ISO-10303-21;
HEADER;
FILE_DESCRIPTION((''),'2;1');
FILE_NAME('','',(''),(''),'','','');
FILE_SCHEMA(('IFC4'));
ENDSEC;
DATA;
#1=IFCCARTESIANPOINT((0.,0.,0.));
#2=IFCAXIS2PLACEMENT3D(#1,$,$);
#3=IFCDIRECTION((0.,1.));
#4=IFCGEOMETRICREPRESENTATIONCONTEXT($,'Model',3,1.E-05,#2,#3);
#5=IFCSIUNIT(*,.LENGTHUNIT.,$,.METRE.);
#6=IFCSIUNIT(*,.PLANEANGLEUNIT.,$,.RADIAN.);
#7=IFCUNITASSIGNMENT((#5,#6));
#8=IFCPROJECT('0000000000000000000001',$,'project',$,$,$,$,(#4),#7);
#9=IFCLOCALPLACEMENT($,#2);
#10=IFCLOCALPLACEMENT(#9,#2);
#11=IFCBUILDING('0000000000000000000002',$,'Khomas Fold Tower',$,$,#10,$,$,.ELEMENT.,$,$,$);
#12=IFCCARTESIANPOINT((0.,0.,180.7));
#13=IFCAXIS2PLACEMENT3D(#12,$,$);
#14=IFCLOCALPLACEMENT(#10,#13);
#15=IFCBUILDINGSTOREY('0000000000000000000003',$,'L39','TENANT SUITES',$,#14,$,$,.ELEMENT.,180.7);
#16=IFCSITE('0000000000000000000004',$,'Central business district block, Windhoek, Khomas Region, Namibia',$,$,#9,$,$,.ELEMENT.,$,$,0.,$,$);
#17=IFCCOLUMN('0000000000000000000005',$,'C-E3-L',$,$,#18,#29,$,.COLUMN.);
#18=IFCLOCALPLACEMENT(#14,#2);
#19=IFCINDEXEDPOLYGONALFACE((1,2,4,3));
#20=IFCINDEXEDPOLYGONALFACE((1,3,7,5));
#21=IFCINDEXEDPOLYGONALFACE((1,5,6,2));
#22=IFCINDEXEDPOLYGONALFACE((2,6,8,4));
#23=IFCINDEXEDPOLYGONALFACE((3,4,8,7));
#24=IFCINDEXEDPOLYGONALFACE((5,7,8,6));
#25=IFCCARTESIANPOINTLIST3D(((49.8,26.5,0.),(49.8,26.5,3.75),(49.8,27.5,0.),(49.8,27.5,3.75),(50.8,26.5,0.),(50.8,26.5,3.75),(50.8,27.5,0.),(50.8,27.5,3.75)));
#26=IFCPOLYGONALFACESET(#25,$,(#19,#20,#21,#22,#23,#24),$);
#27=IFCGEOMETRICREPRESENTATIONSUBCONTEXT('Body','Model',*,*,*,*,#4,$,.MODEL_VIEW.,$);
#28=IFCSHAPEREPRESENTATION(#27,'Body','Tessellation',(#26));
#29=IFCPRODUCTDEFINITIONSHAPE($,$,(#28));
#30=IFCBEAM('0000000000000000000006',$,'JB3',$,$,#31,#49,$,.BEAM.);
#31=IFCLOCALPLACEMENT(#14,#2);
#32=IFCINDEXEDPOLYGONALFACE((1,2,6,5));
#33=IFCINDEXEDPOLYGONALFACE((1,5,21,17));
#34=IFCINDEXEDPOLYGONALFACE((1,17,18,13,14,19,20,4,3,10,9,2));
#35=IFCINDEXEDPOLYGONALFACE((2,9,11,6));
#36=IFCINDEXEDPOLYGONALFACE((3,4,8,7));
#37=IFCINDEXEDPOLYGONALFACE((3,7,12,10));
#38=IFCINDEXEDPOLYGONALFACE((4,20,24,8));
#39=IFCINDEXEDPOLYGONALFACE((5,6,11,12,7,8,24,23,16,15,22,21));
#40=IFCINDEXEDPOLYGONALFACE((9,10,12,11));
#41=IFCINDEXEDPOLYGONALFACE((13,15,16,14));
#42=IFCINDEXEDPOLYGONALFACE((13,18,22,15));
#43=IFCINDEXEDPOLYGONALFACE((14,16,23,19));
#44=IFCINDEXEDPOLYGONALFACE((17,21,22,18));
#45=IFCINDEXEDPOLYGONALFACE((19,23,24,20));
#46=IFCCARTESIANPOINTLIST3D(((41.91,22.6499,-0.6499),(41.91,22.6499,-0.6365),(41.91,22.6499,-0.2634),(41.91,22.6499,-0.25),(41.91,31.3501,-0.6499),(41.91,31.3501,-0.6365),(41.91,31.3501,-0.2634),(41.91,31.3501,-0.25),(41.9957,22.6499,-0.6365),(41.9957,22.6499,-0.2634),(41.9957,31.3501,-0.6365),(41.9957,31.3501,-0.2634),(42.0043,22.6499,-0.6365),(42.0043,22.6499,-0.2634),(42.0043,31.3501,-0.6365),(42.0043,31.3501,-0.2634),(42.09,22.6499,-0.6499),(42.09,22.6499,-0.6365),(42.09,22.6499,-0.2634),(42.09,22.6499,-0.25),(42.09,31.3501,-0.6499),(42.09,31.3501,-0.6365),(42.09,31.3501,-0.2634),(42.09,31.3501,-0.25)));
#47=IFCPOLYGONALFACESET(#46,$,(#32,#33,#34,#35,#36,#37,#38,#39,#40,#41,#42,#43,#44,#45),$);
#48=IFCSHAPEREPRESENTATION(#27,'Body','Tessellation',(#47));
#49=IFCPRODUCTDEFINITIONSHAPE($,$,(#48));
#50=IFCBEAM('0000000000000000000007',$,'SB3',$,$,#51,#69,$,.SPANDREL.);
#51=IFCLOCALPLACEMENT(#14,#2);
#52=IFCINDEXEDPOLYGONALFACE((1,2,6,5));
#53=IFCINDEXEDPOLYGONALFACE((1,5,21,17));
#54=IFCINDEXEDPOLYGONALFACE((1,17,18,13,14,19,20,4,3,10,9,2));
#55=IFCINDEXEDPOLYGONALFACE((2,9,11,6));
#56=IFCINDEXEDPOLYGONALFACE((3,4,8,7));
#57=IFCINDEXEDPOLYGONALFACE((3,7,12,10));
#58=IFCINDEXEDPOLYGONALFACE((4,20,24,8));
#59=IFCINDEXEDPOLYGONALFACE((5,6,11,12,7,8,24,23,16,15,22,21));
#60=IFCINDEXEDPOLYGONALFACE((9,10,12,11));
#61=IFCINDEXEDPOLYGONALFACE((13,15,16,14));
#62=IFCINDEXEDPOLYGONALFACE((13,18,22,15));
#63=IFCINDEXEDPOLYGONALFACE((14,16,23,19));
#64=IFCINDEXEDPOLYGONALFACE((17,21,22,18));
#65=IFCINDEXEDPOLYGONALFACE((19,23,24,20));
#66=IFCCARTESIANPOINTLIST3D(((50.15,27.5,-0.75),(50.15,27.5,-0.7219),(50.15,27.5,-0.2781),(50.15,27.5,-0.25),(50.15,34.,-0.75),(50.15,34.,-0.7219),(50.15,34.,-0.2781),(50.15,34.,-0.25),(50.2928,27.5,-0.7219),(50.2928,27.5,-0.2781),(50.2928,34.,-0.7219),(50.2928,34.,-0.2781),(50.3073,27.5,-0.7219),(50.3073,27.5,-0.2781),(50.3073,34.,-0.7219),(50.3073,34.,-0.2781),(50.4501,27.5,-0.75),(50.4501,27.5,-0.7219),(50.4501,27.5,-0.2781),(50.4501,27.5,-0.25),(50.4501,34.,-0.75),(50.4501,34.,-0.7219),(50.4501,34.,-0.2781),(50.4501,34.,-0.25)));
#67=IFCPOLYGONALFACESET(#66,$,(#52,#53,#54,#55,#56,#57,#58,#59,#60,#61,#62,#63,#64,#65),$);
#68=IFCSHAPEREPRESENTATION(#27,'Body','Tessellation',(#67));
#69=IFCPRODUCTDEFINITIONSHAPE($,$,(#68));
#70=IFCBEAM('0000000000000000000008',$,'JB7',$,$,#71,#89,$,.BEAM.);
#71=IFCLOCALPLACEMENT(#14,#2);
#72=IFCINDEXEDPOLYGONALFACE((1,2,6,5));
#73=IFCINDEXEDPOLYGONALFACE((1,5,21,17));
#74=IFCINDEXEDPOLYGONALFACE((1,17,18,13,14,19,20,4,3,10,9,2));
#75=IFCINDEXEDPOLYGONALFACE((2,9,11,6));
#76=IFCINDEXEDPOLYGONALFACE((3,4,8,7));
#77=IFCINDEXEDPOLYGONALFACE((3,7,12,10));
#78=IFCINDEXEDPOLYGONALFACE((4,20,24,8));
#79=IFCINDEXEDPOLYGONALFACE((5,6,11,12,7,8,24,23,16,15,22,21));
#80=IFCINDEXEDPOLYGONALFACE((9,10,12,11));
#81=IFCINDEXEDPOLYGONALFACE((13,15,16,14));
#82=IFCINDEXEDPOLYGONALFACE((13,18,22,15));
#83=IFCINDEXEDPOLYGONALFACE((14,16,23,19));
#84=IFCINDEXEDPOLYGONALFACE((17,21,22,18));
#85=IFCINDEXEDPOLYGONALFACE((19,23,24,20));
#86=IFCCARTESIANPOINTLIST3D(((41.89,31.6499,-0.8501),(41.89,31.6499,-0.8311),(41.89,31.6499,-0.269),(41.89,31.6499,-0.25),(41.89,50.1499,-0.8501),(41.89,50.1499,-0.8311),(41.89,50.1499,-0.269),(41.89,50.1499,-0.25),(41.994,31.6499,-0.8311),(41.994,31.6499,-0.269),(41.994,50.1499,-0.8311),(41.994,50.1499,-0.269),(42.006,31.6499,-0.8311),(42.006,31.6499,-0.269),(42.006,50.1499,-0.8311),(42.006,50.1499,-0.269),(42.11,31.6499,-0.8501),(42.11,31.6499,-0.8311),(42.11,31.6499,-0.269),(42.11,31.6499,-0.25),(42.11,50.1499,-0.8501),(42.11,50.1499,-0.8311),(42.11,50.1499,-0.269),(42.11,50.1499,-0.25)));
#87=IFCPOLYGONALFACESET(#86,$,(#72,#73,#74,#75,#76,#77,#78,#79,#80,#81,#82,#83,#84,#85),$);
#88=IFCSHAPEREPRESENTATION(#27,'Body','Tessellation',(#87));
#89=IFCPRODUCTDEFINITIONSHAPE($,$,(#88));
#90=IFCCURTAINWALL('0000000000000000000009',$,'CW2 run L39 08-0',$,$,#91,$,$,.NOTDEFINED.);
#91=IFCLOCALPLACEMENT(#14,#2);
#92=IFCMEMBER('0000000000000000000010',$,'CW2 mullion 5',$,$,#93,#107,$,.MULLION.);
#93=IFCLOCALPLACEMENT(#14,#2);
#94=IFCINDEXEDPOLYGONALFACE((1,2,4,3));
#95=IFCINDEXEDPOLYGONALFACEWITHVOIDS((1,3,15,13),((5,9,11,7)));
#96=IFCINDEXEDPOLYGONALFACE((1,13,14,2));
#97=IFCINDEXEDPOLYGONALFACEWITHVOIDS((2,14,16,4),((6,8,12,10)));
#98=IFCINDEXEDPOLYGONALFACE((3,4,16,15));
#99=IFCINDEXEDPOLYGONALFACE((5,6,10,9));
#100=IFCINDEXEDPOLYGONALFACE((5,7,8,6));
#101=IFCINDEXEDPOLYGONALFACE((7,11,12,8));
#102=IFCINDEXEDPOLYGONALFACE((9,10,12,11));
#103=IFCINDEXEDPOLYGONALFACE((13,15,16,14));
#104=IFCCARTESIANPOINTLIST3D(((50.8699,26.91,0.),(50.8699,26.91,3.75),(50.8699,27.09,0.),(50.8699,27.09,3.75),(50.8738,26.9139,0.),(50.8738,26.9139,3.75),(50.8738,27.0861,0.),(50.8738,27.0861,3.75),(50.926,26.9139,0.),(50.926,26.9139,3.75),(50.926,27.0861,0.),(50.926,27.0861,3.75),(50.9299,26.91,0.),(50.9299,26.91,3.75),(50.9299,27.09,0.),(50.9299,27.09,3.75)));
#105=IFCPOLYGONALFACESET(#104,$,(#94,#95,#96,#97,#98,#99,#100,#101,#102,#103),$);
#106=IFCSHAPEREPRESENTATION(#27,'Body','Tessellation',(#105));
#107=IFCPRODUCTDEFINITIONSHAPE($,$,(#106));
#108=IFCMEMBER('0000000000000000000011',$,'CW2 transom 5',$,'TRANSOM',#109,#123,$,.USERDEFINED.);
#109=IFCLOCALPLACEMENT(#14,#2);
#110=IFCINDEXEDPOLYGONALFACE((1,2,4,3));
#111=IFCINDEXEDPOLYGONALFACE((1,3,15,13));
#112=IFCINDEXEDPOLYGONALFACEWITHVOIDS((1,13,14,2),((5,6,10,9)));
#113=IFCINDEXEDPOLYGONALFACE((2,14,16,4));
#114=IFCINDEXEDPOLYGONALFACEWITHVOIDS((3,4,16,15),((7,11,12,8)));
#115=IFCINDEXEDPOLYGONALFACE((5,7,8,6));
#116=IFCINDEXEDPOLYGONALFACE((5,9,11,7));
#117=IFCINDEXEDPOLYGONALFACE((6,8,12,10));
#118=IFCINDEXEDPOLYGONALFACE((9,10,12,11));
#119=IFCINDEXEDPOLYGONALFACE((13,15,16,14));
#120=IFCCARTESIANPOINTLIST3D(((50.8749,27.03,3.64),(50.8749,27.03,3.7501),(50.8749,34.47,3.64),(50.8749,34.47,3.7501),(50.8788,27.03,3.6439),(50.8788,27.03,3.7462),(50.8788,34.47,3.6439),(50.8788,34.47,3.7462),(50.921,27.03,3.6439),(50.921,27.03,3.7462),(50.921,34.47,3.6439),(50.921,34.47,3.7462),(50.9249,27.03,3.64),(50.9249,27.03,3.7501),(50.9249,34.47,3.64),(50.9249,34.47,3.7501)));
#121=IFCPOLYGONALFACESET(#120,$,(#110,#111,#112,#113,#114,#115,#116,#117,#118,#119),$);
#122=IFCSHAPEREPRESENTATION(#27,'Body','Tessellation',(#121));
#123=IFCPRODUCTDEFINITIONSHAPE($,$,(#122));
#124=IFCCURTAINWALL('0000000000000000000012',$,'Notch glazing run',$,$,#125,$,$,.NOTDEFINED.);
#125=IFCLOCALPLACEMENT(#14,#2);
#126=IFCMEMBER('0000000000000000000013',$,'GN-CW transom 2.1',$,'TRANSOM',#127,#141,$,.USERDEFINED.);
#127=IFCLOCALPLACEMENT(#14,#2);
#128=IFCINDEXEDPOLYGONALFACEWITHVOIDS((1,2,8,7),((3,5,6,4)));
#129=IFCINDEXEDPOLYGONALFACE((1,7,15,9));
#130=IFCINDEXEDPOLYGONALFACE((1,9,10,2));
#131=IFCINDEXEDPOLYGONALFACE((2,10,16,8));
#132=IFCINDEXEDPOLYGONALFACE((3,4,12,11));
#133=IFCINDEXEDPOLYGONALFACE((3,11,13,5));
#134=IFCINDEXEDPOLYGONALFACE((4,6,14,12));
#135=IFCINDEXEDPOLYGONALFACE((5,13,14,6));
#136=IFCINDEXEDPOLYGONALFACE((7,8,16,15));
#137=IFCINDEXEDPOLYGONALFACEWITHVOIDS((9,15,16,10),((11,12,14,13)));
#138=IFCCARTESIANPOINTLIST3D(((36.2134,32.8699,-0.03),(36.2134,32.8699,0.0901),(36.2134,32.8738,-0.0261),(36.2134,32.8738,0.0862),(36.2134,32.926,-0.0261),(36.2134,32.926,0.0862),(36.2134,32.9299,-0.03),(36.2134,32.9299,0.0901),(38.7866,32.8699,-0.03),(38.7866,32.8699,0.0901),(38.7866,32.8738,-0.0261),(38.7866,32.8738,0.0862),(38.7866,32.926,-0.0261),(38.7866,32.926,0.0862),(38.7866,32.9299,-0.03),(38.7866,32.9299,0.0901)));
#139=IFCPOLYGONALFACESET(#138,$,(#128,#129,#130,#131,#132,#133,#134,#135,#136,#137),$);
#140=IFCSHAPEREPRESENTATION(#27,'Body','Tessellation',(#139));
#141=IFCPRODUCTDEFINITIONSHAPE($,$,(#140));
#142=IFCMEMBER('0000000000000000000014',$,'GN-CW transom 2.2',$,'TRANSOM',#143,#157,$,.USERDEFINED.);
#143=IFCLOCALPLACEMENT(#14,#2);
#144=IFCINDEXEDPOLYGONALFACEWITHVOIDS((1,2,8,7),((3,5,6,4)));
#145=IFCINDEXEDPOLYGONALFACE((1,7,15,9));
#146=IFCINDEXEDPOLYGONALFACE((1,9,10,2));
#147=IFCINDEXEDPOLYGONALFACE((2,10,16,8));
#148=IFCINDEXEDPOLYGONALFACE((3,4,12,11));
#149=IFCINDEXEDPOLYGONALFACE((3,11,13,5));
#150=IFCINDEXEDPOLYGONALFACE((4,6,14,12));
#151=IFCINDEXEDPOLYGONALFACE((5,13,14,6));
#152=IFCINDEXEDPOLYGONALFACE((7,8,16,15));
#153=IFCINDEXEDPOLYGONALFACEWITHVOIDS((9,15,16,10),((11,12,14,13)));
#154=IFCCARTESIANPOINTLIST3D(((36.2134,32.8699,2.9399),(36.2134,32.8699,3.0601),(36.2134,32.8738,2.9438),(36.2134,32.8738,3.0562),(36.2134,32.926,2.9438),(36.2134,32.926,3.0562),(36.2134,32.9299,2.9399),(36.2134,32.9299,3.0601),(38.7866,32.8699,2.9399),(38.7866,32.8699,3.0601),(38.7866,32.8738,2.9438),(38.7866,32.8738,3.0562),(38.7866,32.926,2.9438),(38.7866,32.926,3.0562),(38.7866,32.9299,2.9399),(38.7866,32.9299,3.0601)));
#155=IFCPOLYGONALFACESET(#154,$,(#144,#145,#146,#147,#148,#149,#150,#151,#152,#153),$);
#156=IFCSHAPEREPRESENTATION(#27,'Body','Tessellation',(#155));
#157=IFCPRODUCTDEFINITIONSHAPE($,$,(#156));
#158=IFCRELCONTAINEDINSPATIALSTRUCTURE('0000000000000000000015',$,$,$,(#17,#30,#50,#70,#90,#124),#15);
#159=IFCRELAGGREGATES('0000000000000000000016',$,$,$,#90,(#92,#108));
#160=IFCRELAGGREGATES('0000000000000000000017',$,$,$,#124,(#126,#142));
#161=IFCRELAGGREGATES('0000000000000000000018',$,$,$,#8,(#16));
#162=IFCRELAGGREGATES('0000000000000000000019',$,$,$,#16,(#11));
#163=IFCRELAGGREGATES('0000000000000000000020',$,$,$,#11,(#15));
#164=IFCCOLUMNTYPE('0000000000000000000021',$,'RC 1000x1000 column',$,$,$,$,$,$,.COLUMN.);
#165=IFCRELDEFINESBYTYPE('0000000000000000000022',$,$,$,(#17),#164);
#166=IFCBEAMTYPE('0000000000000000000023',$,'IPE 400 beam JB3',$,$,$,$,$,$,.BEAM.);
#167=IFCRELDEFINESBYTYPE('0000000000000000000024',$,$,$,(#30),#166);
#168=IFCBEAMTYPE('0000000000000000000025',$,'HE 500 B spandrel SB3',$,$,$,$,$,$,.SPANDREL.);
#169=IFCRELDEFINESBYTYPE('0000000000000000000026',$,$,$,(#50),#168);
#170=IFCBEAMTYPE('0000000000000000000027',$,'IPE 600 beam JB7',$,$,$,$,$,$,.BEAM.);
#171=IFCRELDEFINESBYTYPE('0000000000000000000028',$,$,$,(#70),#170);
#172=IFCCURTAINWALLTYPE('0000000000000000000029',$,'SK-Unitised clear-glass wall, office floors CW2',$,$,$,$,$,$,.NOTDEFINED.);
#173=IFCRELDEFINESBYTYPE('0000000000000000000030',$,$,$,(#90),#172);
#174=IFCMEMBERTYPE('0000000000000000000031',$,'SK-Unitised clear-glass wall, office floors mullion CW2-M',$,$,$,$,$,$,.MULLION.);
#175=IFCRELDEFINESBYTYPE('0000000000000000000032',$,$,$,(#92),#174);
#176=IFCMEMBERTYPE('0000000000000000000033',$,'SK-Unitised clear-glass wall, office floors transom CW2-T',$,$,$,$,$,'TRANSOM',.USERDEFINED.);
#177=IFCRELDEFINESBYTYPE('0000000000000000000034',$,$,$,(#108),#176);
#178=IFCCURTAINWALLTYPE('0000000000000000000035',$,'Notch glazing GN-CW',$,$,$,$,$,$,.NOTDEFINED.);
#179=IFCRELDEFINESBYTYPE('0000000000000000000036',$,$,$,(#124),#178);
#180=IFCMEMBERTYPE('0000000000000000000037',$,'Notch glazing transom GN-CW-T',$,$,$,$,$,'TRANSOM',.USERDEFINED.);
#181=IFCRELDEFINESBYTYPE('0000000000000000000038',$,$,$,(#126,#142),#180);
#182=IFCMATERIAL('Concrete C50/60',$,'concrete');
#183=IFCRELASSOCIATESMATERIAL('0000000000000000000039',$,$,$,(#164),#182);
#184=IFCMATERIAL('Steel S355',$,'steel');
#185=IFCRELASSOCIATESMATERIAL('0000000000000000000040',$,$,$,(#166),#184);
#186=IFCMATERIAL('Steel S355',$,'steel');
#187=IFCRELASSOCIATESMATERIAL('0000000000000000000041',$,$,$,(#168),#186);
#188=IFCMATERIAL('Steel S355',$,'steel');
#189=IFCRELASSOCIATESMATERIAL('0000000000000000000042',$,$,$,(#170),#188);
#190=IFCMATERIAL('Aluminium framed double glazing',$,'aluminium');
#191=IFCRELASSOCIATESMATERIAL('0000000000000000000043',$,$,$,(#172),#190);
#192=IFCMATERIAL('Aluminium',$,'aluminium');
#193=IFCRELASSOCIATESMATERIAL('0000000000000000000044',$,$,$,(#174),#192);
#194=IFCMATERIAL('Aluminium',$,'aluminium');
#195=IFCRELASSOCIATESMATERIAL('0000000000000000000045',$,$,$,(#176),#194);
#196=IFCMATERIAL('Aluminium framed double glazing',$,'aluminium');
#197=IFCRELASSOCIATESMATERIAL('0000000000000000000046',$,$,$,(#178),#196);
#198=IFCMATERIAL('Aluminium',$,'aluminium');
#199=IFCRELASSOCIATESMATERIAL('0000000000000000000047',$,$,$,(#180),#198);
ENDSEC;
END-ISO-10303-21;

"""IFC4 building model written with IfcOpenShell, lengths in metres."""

from ifc_helpers import new_model, si_unit, direction, frame, origin, origin_2d, place, context, subcontext, project, spatial, rectangle, hollow_rectangle, i_section, extrude, source, transform, mapped, material, material_profile, profile_set, type_object, element, aggregate, save


model = new_model("IFC4")

# Units and contexts
model_context = context("Model", 3, precision=1e-05, world=origin(), true_north=direction((0.0, 1.0)))
body_context = subcontext(model_context, "Body", "Model", "MODEL_VIEW")
ifc_project = project(units=[si_unit("LENGTHUNIT", "METRE"), si_unit("PLANEANGLEUNIT", "RADIAN")], contexts=[model_context])

# Site, building, storey
site_placement = place(None, origin())
site = spatial("IfcSite", under=ifc_project, at=site_placement, Name="Central business district block, Windhoek, Khomas Region, Namibia", CompositionType="ELEMENT", RefElevation=0.0)
building_placement = place(site_placement, origin())
building = spatial("IfcBuilding", under=site, at=building_placement, Name="Khomas Fold Tower", CompositionType="ELEMENT")
storey_placement = place(building_placement, frame((0.0, 0.0, 180.7)))
storey = spatial("IfcBuildingStorey", under=building, at=storey_placement, Name="L39", Description="TENANT SUITES", CompositionType="ELEMENT", Elevation=180.7)

# Column
ifc_material_1 = material(Name="Concrete C50/60", Category="concrete")
ifc_material_profile_1 = material_profile(ifc_material_1, rectangle(XDim=1.0, YDim=1.0, at=origin_2d()), Name="RC 1000x1000")
ifc_profile_set_1 = profile_set([ifc_material_profile_1], Name="Concrete C50/60")
column_type = type_object("IfcColumnType", Name="RC 1000x1000 column", PredefinedType="COLUMN", material=ifc_profile_set_1)
shared_shape_1 = source(origin(), body_context, "Body", "SweptSolid", [
    extrude(rectangle(XDim=1.0, YDim=1.0, at=origin_2d()), origin(), (0.0, 0.0, 1.0), 3.75),
])
column_placement = place(storey_placement, frame((50.3, 27.0, 0.0), z_axis=(0.0, 0.0, 1.0), x_axis=(1.0, 0.0, 0.0)))
element("IfcColumn", 1, at=column_placement, inside=storey, type_object=column_type, Name="C-E3-L", PredefinedType="COLUMN", context=body_context, shape_type="MappedRepresentation", body=[
    mapped(shared_shape_1, transform((0.0, 0.0, 0.0))),
])

# Beams
ifc_material_2 = material(Name="Steel S355", Category="steel")
ifc_material_profile_2 = material_profile(ifc_material_2, i_section(OverallWidth=0.1799, OverallDepth=0.3999, WebThickness=0.0085, FlangeThickness=0.0134, at=origin_2d()), Name="IPE 400")
ifc_profile_set_2 = profile_set([ifc_material_profile_2], Name="Steel S355")
beam_type_1 = type_object("IfcBeamType", Name="IPE 400 beam JB3", PredefinedType="BEAM", material=ifc_profile_set_2)
shared_shape_2 = source(origin(), body_context, "Body", "SweptSolid", [
    extrude(i_section(OverallWidth=0.1799, OverallDepth=0.3999, WebThickness=0.0085, FlangeThickness=0.0134, at=origin_2d()), origin(), (0.0, 0.0, 1.0), 8.7002),
])
beam_1_placement = place(storey_placement, frame((42.0, 22.6499, -0.45), z_axis=(0.0, 1.0, 0.0), x_axis=(-1.0, 0.0, 0.0)))
element("IfcBeam", 2, at=beam_1_placement, inside=storey, type_object=beam_type_1, Name="JB3", PredefinedType="BEAM", context=body_context, shape_type="MappedRepresentation", body=[
    mapped(shared_shape_2, transform((0.0, 0.0, 0.0))),
])
ifc_material_3 = material(Name="Steel S355", Category="steel")
ifc_material_profile_3 = material_profile(ifc_material_3, i_section(OverallWidth=0.3, OverallDepth=0.5, WebThickness=0.0144, FlangeThickness=0.0281, at=origin_2d()), Name="HE 500 B")
ifc_profile_set_3 = profile_set([ifc_material_profile_3], Name="Steel S355")
beam_type_2 = type_object("IfcBeamType", Name="HE 500 B spandrel SB3", PredefinedType="SPANDREL", material=ifc_profile_set_3)
shared_shape_3 = source(origin(), body_context, "Body", "SweptSolid", [
    extrude(i_section(OverallWidth=0.3, OverallDepth=0.5, WebThickness=0.0144, FlangeThickness=0.0281, at=origin_2d()), origin(), (0.0, 0.0, 1.0), 6.5),
])
beam_2_placement = place(storey_placement, frame((50.3, 27.5, -0.5), z_axis=(0.0, 1.0, 0.0), x_axis=(-1.0, 0.0, 0.0)))
element("IfcBeam", 3, at=beam_2_placement, inside=storey, type_object=beam_type_2, Name="SB3", PredefinedType="SPANDREL", context=body_context, shape_type="MappedRepresentation", body=[
    mapped(shared_shape_3, transform((0.0, 0.0, 0.0))),
])
ifc_material_4 = material(Name="Steel S355", Category="steel")
ifc_material_profile_4 = material_profile(ifc_material_4, i_section(OverallWidth=0.22, OverallDepth=0.6001, WebThickness=0.012, FlangeThickness=0.019, at=origin_2d()), Name="IPE 600")
ifc_profile_set_4 = profile_set([ifc_material_profile_4], Name="Steel S355")
beam_type_3 = type_object("IfcBeamType", Name="IPE 600 beam JB7", PredefinedType="BEAM", material=ifc_profile_set_4)
shared_shape_4 = source(origin(), body_context, "Body", "SweptSolid", [
    extrude(i_section(OverallWidth=0.22, OverallDepth=0.6001, WebThickness=0.012, FlangeThickness=0.019, at=origin_2d()), origin(), (0.0, 0.0, 1.0), 18.5),
])
beam_3_placement = place(storey_placement, frame((42.0, 31.6499, -0.55), z_axis=(0.0, 1.0, 0.0), x_axis=(-1.0, 0.0, 0.0)))
element("IfcBeam", 4, at=beam_3_placement, inside=storey, type_object=beam_type_3, Name="JB7", PredefinedType="BEAM", context=body_context, shape_type="MappedRepresentation", body=[
    mapped(shared_shape_4, transform((0.0, 0.0, 0.0))),
])

# Curtain walls, members
ifc_material_5 = material(Name="Aluminium framed double glazing", Category="aluminium")
curtain_wall_type_1 = type_object("IfcCurtainWallType", Name="SK-Unitised clear-glass wall, office floors CW2", PredefinedType="NOTDEFINED", material=ifc_material_5)
curtain_wall_1_placement = place(storey_placement, origin())
curtain_wall_1 = element("IfcCurtainWall", 5, at=curtain_wall_1_placement, inside=storey, type_object=curtain_wall_type_1, Name="CW2 run L39 08-0", PredefinedType="NOTDEFINED")
ifc_material_6 = material(Name="Aluminium", Category="aluminium")
ifc_material_profile_5 = material_profile(ifc_material_6, hollow_rectangle(XDim=0.0601, YDim=0.1799, WallThickness=0.0039, at=origin_2d()), Name="SK-Unitised clear-glass wall, office floors mullion CW2-M")
ifc_profile_set_5 = profile_set([ifc_material_profile_5], Name="Aluminium")
member_type_1 = type_object("IfcMemberType", Name="SK-Unitised clear-glass wall, office floors mullion CW2-M", PredefinedType="MULLION", material=ifc_profile_set_5)
shared_shape_5 = source(origin(), body_context, "Body", "SweptSolid", [
    extrude(hollow_rectangle(XDim=0.0601, YDim=0.1799, WallThickness=0.0039, at=origin_2d()), origin(), (0.0, 0.0, 1.0), 3.75),
])
member_1_placement = place(storey_placement, frame((50.8999, 27.0, 0.0), z_axis=(0.0, 0.0, 1.0), x_axis=(-1.0, 0.0, 0.0)))
member_1 = element("IfcMember", 6, at=member_1_placement, type_object=member_type_1, Name="CW2 mullion 5", PredefinedType="MULLION", context=body_context, shape_type="MappedRepresentation", body=[
    mapped(shared_shape_5, transform((0.0, 0.0, 0.0))),
])
ifc_material_7 = material(Name="Aluminium", Category="aluminium")
ifc_material_profile_6 = material_profile(ifc_material_7, hollow_rectangle(XDim=0.05, YDim=0.1101, WallThickness=0.0039, at=origin_2d()), Name="SK-Unitised clear-glass wall, office floors transom CW2-T")
ifc_profile_set_6 = profile_set([ifc_material_profile_6], Name="Aluminium")
member_type_2 = type_object("IfcMemberType", Name="SK-Unitised clear-glass wall, office floors transom CW2-T", ElementType="TRANSOM", PredefinedType="USERDEFINED", material=ifc_profile_set_6)
shared_shape_6 = source(origin(), body_context, "Body", "SweptSolid", [
    extrude(hollow_rectangle(XDim=0.05, YDim=0.1101, WallThickness=0.0039, at=origin_2d()), origin(), (0.0, 0.0, 1.0), 7.4399),
])
member_2_placement = place(storey_placement, frame((50.8999, 27.03, 3.6951), z_axis=(0.0, 1.0, 0.0), x_axis=(-1.0, 0.0, 0.0)))
member_2 = element("IfcMember", 7, at=member_2_placement, type_object=member_type_2, Name="CW2 transom 5", ObjectType="TRANSOM", PredefinedType="USERDEFINED", context=body_context, shape_type="MappedRepresentation", body=[
    mapped(shared_shape_6, transform((0.0, 0.0, 0.0))),
])
ifc_material_8 = material(Name="Aluminium framed double glazing", Category="aluminium")
curtain_wall_type_2 = type_object("IfcCurtainWallType", Name="Notch glazing GN-CW", PredefinedType="NOTDEFINED", material=ifc_material_8)
curtain_wall_2_placement = place(storey_placement, origin())
curtain_wall_2 = element("IfcCurtainWall", 8, at=curtain_wall_2_placement, inside=storey, type_object=curtain_wall_type_2, Name="Notch glazing run", PredefinedType="NOTDEFINED")
ifc_material_9 = material(Name="Aluminium", Category="aluminium")
ifc_material_profile_7 = material_profile(ifc_material_9, hollow_rectangle(XDim=0.0601, YDim=0.1201, WallThickness=0.0039, at=origin_2d()), Name="Notch glazing transom GN-CW-T")
ifc_profile_set_7 = profile_set([ifc_material_profile_7], Name="Aluminium")
member_type_3 = type_object("IfcMemberType", Name="Notch glazing transom GN-CW-T", ElementType="TRANSOM", PredefinedType="USERDEFINED", material=ifc_profile_set_7)
shared_shape_7 = source(origin(), body_context, "Body", "SweptSolid", [
    extrude(hollow_rectangle(XDim=0.0601, YDim=0.1201, WallThickness=0.0039, at=origin_2d()), origin(), (0.0, 0.0, 1.0), 2.5732),
])
member_3_placement = place(storey_placement, frame((38.7866, 32.8999, 0.03), z_axis=(-1.0, 0.0, 0.0), x_axis=(0.0, -1.0, 0.0)))
member_3 = element("IfcMember", 9, at=member_3_placement, type_object=member_type_3, Name="GN-CW transom 2.1", ObjectType="TRANSOM", PredefinedType="USERDEFINED", context=body_context, shape_type="MappedRepresentation", body=[
    mapped(shared_shape_7, transform((0.0, 0.0, 0.0))),
])
member_4_placement = place(storey_placement, frame((38.7866, 32.8999, 3.0), z_axis=(-1.0, 0.0, 0.0), x_axis=(0.0, -1.0, 0.0)))
member_4 = element("IfcMember", 10, at=member_4_placement, type_object=member_type_3, Name="GN-CW transom 2.2", ObjectType="TRANSOM", PredefinedType="USERDEFINED", context=body_context, shape_type="MappedRepresentation", body=[
    mapped(shared_shape_7, transform((0.0, 0.0, 0.0))),
])

aggregate(curtain_wall_1, [member_1, member_2])
aggregate(curtain_wall_2, [member_3, member_4])

save(model, "model.ifc")
